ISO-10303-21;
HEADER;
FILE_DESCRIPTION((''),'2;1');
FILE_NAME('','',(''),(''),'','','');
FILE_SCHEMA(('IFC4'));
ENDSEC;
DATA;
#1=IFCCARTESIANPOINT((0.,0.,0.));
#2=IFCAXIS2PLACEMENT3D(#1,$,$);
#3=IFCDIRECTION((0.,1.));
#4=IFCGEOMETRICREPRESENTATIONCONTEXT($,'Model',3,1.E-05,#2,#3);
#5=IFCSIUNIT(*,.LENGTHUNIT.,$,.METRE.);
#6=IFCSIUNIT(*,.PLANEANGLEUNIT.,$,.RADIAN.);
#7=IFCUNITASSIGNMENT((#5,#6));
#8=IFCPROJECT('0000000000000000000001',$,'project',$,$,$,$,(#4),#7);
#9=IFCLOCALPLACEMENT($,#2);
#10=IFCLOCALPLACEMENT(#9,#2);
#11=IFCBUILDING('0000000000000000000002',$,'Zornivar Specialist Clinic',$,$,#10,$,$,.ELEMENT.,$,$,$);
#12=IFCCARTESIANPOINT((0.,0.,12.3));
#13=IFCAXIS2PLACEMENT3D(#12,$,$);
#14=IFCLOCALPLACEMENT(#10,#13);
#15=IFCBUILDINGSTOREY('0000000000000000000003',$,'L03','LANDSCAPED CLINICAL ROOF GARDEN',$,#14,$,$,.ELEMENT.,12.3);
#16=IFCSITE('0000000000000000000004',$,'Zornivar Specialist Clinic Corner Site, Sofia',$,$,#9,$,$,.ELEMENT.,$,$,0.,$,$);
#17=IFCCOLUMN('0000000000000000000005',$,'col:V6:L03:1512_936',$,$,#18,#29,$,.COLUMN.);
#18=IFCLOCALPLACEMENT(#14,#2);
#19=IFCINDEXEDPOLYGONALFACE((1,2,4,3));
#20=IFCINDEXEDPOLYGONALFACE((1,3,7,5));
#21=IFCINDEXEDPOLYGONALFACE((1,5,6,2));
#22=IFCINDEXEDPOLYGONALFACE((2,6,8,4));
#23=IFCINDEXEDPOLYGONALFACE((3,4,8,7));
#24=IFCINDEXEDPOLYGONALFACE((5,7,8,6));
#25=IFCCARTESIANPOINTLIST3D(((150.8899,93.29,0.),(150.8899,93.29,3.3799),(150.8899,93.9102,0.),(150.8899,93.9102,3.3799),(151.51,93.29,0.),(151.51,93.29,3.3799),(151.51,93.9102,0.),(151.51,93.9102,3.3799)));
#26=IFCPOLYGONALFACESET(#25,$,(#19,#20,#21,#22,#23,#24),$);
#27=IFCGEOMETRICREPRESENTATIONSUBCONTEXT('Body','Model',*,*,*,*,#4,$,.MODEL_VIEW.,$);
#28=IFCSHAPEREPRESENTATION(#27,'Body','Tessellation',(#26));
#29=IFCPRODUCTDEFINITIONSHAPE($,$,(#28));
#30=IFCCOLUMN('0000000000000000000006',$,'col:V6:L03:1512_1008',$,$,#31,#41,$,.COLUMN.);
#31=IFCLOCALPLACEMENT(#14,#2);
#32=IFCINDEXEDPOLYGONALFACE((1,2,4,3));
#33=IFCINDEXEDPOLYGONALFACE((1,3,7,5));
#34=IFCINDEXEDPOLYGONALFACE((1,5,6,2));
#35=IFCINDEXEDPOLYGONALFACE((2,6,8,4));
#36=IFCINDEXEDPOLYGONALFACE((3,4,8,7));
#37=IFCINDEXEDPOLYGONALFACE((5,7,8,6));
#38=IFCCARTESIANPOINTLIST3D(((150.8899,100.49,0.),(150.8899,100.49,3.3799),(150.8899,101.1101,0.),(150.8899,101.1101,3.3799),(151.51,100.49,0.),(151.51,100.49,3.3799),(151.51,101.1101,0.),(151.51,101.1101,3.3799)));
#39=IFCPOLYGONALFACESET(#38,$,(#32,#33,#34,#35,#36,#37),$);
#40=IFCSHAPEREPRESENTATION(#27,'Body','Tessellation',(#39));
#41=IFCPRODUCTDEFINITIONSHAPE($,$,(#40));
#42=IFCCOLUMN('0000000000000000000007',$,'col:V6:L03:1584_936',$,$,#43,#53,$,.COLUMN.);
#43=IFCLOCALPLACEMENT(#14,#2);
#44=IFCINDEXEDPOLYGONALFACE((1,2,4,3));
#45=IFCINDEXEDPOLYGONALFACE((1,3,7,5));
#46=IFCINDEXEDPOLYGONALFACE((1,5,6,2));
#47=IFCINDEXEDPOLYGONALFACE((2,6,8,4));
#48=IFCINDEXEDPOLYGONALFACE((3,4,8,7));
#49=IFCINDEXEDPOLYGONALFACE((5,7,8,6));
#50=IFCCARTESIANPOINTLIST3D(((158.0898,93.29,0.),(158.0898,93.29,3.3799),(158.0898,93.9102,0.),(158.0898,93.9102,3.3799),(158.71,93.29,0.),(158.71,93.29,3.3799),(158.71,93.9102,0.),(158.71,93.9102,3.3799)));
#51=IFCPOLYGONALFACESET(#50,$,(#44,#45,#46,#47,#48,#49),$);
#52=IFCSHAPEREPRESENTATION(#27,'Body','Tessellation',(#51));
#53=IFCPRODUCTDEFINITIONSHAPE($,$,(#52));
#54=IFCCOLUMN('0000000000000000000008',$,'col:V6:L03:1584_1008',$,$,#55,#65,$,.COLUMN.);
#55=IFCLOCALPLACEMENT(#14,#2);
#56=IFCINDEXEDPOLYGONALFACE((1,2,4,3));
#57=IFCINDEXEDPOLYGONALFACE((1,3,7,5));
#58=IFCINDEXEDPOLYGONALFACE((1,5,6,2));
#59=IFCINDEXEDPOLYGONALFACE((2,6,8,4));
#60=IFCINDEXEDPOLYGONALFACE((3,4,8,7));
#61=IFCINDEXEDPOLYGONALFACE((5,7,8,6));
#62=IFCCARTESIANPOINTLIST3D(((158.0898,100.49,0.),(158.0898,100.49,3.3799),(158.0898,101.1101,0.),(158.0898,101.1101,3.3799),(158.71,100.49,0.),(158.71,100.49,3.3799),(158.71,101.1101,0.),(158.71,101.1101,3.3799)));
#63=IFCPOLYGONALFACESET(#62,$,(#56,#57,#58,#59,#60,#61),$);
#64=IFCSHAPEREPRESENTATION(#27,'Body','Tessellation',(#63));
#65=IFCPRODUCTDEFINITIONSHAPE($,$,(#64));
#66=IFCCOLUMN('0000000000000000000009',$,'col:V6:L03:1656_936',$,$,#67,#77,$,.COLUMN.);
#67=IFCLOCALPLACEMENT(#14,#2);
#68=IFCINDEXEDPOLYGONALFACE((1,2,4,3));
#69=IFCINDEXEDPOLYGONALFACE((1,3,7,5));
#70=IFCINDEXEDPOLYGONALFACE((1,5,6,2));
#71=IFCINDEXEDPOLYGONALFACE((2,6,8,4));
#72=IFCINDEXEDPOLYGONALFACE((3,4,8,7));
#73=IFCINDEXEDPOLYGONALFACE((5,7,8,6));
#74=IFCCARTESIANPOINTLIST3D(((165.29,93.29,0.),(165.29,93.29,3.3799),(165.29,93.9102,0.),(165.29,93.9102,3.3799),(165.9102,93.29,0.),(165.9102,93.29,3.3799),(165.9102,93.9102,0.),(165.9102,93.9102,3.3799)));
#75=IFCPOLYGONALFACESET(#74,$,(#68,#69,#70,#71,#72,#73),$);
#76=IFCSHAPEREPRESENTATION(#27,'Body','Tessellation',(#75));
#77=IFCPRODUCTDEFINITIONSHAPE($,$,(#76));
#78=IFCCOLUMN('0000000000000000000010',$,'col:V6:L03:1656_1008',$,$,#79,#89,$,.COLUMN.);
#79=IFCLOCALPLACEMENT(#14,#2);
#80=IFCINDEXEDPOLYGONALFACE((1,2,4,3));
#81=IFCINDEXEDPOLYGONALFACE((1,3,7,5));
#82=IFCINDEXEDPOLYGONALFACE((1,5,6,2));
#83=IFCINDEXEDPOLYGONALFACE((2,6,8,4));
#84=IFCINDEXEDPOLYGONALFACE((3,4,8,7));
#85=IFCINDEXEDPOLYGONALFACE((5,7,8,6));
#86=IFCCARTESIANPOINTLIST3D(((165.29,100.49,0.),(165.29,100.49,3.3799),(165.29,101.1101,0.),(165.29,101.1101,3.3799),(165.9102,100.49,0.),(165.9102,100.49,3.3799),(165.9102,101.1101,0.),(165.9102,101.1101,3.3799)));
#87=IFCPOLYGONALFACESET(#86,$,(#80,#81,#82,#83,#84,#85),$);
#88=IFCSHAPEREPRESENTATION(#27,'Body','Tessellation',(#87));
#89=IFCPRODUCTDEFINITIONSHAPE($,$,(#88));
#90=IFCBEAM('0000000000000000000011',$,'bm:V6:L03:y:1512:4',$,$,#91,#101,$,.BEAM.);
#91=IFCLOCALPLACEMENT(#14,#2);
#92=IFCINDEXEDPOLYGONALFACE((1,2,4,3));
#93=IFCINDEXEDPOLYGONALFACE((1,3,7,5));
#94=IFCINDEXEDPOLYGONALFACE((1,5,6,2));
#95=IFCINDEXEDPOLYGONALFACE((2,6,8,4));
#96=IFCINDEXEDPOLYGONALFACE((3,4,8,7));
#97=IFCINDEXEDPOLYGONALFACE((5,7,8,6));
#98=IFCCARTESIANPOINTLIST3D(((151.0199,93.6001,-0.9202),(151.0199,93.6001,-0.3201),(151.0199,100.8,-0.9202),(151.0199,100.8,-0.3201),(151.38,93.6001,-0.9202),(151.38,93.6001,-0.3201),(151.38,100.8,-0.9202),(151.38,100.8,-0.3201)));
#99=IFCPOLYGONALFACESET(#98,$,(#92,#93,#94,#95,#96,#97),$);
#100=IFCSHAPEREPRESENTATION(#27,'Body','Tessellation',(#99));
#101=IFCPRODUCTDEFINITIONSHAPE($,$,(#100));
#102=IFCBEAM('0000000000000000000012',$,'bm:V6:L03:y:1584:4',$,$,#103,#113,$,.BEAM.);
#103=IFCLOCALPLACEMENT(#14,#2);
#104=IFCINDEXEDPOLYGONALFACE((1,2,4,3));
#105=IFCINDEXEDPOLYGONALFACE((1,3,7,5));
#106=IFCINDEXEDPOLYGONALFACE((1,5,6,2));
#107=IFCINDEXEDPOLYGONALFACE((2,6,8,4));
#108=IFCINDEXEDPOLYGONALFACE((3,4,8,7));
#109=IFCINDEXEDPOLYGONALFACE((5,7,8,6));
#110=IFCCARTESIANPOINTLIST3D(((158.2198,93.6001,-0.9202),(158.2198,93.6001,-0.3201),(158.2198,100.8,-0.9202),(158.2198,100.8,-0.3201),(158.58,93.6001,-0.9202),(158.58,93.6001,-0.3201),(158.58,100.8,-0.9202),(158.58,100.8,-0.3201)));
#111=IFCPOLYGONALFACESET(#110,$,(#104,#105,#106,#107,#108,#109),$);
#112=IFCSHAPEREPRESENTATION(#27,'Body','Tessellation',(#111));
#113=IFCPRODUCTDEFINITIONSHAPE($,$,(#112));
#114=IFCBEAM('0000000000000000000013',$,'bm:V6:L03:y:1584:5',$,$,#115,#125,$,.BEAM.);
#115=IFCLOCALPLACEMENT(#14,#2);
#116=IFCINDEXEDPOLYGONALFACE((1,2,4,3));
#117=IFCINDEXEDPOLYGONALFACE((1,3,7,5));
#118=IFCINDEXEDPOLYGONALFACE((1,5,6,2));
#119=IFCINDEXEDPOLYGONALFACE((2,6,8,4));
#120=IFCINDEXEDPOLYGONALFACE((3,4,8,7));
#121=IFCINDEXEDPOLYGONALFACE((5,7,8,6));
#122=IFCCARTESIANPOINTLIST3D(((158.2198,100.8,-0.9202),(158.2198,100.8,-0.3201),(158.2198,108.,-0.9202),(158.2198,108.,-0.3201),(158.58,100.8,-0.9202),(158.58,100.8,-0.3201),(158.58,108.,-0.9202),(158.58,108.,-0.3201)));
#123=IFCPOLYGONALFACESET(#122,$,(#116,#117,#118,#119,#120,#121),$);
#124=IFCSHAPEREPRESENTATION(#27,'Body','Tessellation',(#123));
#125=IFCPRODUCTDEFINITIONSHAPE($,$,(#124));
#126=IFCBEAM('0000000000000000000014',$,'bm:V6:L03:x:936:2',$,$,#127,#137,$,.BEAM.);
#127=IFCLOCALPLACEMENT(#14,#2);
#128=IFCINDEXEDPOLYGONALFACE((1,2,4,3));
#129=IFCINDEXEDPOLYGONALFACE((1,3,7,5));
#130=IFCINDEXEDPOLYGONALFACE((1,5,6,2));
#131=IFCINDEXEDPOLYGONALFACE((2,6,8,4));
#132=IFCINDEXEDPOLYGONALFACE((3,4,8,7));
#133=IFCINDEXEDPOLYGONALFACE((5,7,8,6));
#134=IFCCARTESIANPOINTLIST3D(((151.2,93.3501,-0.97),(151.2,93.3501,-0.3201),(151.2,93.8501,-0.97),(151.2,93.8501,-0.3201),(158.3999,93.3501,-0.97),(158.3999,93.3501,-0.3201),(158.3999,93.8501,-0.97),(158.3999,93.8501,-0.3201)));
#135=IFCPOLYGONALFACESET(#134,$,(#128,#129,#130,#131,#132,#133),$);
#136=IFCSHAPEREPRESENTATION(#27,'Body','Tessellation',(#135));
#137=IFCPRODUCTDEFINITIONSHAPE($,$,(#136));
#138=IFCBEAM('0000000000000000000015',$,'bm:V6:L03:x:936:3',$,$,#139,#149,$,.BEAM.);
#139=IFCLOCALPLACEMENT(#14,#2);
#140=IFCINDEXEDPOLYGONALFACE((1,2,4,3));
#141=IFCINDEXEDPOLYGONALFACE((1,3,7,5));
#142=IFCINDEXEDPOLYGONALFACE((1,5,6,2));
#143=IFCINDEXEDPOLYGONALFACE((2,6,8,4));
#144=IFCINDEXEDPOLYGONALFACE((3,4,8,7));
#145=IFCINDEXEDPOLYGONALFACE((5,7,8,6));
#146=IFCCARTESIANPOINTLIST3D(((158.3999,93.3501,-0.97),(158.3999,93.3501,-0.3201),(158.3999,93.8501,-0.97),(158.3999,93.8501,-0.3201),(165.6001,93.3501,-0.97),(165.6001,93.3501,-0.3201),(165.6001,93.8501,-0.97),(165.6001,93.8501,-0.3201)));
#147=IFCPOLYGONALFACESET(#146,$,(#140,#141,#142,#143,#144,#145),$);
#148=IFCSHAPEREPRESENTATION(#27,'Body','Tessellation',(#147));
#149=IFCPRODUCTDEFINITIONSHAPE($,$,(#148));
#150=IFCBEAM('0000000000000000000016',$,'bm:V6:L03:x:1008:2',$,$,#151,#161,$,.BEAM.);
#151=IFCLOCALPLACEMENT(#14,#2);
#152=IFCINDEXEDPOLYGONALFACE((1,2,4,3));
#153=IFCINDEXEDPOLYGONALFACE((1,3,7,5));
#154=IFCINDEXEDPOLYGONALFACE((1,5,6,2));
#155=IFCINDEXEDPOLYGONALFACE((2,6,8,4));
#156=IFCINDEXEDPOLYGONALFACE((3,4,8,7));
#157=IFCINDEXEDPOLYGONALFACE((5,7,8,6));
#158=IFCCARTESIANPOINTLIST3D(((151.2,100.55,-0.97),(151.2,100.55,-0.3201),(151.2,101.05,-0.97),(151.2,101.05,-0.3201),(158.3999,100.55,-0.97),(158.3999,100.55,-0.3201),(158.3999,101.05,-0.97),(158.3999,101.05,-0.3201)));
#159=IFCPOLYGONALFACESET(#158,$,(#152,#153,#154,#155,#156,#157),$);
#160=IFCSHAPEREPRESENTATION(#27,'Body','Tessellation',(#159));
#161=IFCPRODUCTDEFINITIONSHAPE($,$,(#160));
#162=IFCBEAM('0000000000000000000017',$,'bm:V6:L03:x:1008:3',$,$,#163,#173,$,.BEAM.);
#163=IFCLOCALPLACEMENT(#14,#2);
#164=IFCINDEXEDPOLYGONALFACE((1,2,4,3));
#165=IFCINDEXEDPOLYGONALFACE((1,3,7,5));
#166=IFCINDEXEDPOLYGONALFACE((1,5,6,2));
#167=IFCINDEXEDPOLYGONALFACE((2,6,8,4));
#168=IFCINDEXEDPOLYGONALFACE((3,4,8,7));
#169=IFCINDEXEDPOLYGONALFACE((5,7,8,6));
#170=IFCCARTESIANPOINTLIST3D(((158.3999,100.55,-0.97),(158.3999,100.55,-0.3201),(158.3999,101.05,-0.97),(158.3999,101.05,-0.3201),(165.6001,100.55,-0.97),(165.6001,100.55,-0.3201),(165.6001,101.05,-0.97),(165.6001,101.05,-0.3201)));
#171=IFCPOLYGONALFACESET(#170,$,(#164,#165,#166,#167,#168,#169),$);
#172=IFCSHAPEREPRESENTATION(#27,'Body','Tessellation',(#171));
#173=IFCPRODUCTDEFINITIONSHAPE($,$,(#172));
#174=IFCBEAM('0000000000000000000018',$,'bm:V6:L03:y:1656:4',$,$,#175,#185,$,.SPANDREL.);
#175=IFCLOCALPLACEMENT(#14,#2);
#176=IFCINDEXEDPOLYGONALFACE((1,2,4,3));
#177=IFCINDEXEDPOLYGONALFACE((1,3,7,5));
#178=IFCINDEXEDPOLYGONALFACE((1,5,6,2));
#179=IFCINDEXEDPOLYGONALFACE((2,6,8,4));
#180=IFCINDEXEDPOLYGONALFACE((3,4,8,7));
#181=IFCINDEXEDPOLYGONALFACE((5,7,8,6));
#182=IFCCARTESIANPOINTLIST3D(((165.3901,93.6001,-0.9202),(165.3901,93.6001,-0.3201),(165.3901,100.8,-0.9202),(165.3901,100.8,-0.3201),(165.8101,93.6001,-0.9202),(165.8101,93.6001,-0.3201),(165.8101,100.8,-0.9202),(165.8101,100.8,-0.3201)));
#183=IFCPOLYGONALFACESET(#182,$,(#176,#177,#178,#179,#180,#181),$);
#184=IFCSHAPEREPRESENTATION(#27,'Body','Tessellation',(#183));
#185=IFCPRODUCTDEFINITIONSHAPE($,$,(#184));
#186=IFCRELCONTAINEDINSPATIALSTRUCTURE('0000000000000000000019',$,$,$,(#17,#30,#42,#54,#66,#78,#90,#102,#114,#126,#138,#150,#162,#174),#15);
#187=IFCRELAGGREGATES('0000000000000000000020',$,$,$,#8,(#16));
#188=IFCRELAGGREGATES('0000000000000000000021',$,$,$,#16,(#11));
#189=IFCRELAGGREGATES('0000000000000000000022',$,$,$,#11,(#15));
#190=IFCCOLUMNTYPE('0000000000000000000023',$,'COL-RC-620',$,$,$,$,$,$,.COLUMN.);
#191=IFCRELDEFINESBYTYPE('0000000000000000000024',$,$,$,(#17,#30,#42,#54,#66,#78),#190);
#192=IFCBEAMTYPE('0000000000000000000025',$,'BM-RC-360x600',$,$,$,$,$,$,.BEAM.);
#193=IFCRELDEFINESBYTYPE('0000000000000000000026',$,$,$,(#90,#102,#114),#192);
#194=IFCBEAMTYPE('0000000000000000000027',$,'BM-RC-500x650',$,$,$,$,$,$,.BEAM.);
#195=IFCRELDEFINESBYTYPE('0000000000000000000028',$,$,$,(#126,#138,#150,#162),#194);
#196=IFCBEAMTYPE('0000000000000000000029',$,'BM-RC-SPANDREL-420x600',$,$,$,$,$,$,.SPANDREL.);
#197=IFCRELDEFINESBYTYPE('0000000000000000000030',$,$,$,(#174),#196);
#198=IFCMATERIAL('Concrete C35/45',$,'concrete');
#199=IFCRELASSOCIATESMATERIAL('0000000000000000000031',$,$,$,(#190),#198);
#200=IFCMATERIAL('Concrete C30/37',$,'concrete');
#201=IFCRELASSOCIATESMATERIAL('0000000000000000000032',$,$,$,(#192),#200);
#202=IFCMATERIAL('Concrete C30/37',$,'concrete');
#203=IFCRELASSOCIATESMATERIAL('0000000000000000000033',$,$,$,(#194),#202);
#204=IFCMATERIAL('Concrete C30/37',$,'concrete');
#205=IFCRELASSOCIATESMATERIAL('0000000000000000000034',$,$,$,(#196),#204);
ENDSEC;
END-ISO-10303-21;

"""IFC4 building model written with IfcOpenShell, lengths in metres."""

from ifc_helpers import new_model, si_unit, direction, frame, origin, origin_2d, place, context, subcontext, project, spatial, rectangle, extrude, material, material_profile, profile_set, type_object, element, save


model = new_model("IFC4")

# Units and contexts
model_context = context("Model", 3, precision=1e-05, world=origin(), true_north=direction((0.0, 1.0)))
body_context = subcontext(model_context, "Body", "Model", "MODEL_VIEW")
ifc_project = project(units=[si_unit("LENGTHUNIT", "METRE"), si_unit("PLANEANGLEUNIT", "RADIAN")], contexts=[model_context])

# Site, building, storey
site_placement = place(None, origin())
site = spatial("IfcSite", under=ifc_project, at=site_placement, Name="Zornivar Specialist Clinic Corner Site, Sofia", CompositionType="ELEMENT", RefElevation=0.0)
building_placement = place(site_placement, origin())
building = spatial("IfcBuilding", under=site, at=building_placement, Name="Zornivar Specialist Clinic", CompositionType="ELEMENT")
storey_placement = place(building_placement, frame((0.0, 0.0, 12.3)))
storey = spatial("IfcBuildingStorey", under=building, at=storey_placement, Name="L03", Description="LANDSCAPED CLINICAL ROOF GARDEN", CompositionType="ELEMENT", Elevation=12.3)

# Columns
ifc_material_1 = material(Name="Concrete C35/45", Category="concrete")
ifc_material_profile_1 = material_profile(ifc_material_1, rectangle(XDim=0.6201, YDim=0.6201, at=origin_2d()), Name="RC 620x620")
ifc_profile_set_1 = profile_set([ifc_material_profile_1], Name="Concrete C35/45")
column_type = type_object("IfcColumnType", Name="COL-RC-620", PredefinedType="COLUMN", material=ifc_profile_set_1)
for number, where, z_axis, x_axis, name in (
    (1, (151.2, 93.6001, 0.0), (0.0, 0.0, 1.0), (1.0, 0.0, 0.0), "col:V6:L03:1512_936"),
    (2, (151.2, 100.8, 0.0), (0.0, 0.0, 1.0), (1.0, 0.0, 0.0), "col:V6:L03:1512_1008"),
    (3, (158.3999, 93.6001, 0.0), (0.0, 0.0, 1.0), (1.0, 0.0, 0.0), "col:V6:L03:1584_936"),
    (4, (158.3999, 100.8, 0.0), (0.0, 0.0, 1.0), (1.0, 0.0, 0.0), "col:V6:L03:1584_1008"),
    (5, (165.6001, 93.6001, 0.0), (0.0, 0.0, 1.0), (1.0, 0.0, 0.0), "col:V6:L03:1656_936"),
    (6, (165.6001, 100.8, 0.0), (0.0, 0.0, 1.0), (1.0, 0.0, 0.0), "col:V6:L03:1656_1008"),
):
    element("IfcColumn", number, at=place(storey_placement, frame(where, z_axis=z_axis, x_axis=x_axis)), inside=storey, type_object=column_type, Name=name, PredefinedType="COLUMN", context=body_context, shape_type="SweptSolid", body=[
        extrude(rectangle(XDim=0.6201, YDim=0.6201, at=origin_2d()), origin(), (0.0, 0.0, 1.0), 3.3799),
    ])

# Beams
ifc_material_2 = material(Name="Concrete C30/37", Category="concrete")
ifc_material_profile_2 = material_profile(ifc_material_2, rectangle(XDim=0.3601, YDim=0.6001, at=origin_2d()), Name="RC 360x600")
ifc_profile_set_2 = profile_set([ifc_material_profile_2], Name="Concrete C30/37")
beam_type_1 = type_object("IfcBeamType", Name="BM-RC-360x600", PredefinedType="BEAM", material=ifc_profile_set_2)
for number, where, z_axis, x_axis, name in (
    (7, (151.2, 93.6001, -0.6201), (0.0, 1.0, 0.0), (-1.0, 0.0, 0.0), "bm:V6:L03:y:1512:4"),
    (8, (158.3999, 93.6001, -0.6201), (0.0, 1.0, 0.0), (-1.0, 0.0, 0.0), "bm:V6:L03:y:1584:4"),
    (9, (158.3999, 100.8, -0.6201), (0.0, 1.0, 0.0), (-1.0, 0.0, 0.0), "bm:V6:L03:y:1584:5"),
):
    element("IfcBeam", number, at=place(storey_placement, frame(where, z_axis=z_axis, x_axis=x_axis)), inside=storey, type_object=beam_type_1, Name=name, PredefinedType="BEAM", context=body_context, shape_type="SweptSolid", body=[
        extrude(rectangle(XDim=0.3601, YDim=0.6001, at=origin_2d()), origin(), (0.0, 0.0, 1.0), 7.2),
    ])
ifc_material_3 = material(Name="Concrete C30/37", Category="concrete")
ifc_material_profile_3 = material_profile(ifc_material_3, rectangle(XDim=0.5, YDim=0.6499, at=origin_2d()), Name="RC 500x650")
ifc_profile_set_3 = profile_set([ifc_material_profile_3], Name="Concrete C30/37")
beam_type_2 = type_object("IfcBeamType", Name="BM-RC-500x650", PredefinedType="BEAM", material=ifc_profile_set_3)
beam_1_placement = place(storey_placement, frame((151.2, 93.6001, -0.645), z_axis=(1.0, 0.0, 0.0), x_axis=(0.0, 1.0, 0.0)))
element("IfcBeam", 10, at=beam_1_placement, inside=storey, type_object=beam_type_2, Name="bm:V6:L03:x:936:2", PredefinedType="BEAM", context=body_context, shape_type="SweptSolid", body=[
    extrude(rectangle(XDim=0.5, YDim=0.6499, at=origin_2d()), origin(), (0.0, 0.0, 1.0), 7.2),
])
beam_2_placement = place(storey_placement, frame((158.3999, 93.6001, -0.645), z_axis=(1.0, 0.0, 0.0), x_axis=(0.0, 1.0, 0.0)))
element("IfcBeam", 11, at=beam_2_placement, inside=storey, type_object=beam_type_2, Name="bm:V6:L03:x:936:3", PredefinedType="BEAM", context=body_context, shape_type="SweptSolid", body=[
    extrude(rectangle(XDim=0.5, YDim=0.6499, at=origin_2d()), origin(), (0.0, 0.0, 1.0), 7.2002),
])
beam_3_placement = place(storey_placement, frame((151.2, 100.8, -0.645), z_axis=(1.0, 0.0, 0.0), x_axis=(0.0, 1.0, 0.0)))
element("IfcBeam", 12, at=beam_3_placement, inside=storey, type_object=beam_type_2, Name="bm:V6:L03:x:1008:2", PredefinedType="BEAM", context=body_context, shape_type="SweptSolid", body=[
    extrude(rectangle(XDim=0.5, YDim=0.6499, at=origin_2d()), origin(), (0.0, 0.0, 1.0), 7.2),
])
beam_4_placement = place(storey_placement, frame((158.3999, 100.8, -0.645), z_axis=(1.0, 0.0, 0.0), x_axis=(0.0, 1.0, 0.0)))
element("IfcBeam", 13, at=beam_4_placement, inside=storey, type_object=beam_type_2, Name="bm:V6:L03:x:1008:3", PredefinedType="BEAM", context=body_context, shape_type="SweptSolid", body=[
    extrude(rectangle(XDim=0.5, YDim=0.6499, at=origin_2d()), origin(), (0.0, 0.0, 1.0), 7.2002),
])
ifc_material_4 = material(Name="Concrete C30/37", Category="concrete")
ifc_material_profile_4 = material_profile(ifc_material_4, rectangle(XDim=0.4199, YDim=0.6001, at=origin_2d()), Name="RC 420x600")
ifc_profile_set_4 = profile_set([ifc_material_profile_4], Name="Concrete C30/37")
beam_type_3 = type_object("IfcBeamType", Name="BM-RC-SPANDREL-420x600", PredefinedType="SPANDREL", material=ifc_profile_set_4)
beam_5_placement = place(storey_placement, frame((165.6001, 93.6001, -0.6201), z_axis=(0.0, 1.0, 0.0), x_axis=(-1.0, 0.0, 0.0)))
element("IfcBeam", 14, at=beam_5_placement, inside=storey, type_object=beam_type_3, Name="bm:V6:L03:y:1656:4", PredefinedType="SPANDREL", context=body_context, shape_type="SweptSolid", body=[
    extrude(rectangle(XDim=0.4199, YDim=0.6001, at=origin_2d()), origin(), (0.0, 0.0, 1.0), 7.2),
])

save(model, "model.ifc")
